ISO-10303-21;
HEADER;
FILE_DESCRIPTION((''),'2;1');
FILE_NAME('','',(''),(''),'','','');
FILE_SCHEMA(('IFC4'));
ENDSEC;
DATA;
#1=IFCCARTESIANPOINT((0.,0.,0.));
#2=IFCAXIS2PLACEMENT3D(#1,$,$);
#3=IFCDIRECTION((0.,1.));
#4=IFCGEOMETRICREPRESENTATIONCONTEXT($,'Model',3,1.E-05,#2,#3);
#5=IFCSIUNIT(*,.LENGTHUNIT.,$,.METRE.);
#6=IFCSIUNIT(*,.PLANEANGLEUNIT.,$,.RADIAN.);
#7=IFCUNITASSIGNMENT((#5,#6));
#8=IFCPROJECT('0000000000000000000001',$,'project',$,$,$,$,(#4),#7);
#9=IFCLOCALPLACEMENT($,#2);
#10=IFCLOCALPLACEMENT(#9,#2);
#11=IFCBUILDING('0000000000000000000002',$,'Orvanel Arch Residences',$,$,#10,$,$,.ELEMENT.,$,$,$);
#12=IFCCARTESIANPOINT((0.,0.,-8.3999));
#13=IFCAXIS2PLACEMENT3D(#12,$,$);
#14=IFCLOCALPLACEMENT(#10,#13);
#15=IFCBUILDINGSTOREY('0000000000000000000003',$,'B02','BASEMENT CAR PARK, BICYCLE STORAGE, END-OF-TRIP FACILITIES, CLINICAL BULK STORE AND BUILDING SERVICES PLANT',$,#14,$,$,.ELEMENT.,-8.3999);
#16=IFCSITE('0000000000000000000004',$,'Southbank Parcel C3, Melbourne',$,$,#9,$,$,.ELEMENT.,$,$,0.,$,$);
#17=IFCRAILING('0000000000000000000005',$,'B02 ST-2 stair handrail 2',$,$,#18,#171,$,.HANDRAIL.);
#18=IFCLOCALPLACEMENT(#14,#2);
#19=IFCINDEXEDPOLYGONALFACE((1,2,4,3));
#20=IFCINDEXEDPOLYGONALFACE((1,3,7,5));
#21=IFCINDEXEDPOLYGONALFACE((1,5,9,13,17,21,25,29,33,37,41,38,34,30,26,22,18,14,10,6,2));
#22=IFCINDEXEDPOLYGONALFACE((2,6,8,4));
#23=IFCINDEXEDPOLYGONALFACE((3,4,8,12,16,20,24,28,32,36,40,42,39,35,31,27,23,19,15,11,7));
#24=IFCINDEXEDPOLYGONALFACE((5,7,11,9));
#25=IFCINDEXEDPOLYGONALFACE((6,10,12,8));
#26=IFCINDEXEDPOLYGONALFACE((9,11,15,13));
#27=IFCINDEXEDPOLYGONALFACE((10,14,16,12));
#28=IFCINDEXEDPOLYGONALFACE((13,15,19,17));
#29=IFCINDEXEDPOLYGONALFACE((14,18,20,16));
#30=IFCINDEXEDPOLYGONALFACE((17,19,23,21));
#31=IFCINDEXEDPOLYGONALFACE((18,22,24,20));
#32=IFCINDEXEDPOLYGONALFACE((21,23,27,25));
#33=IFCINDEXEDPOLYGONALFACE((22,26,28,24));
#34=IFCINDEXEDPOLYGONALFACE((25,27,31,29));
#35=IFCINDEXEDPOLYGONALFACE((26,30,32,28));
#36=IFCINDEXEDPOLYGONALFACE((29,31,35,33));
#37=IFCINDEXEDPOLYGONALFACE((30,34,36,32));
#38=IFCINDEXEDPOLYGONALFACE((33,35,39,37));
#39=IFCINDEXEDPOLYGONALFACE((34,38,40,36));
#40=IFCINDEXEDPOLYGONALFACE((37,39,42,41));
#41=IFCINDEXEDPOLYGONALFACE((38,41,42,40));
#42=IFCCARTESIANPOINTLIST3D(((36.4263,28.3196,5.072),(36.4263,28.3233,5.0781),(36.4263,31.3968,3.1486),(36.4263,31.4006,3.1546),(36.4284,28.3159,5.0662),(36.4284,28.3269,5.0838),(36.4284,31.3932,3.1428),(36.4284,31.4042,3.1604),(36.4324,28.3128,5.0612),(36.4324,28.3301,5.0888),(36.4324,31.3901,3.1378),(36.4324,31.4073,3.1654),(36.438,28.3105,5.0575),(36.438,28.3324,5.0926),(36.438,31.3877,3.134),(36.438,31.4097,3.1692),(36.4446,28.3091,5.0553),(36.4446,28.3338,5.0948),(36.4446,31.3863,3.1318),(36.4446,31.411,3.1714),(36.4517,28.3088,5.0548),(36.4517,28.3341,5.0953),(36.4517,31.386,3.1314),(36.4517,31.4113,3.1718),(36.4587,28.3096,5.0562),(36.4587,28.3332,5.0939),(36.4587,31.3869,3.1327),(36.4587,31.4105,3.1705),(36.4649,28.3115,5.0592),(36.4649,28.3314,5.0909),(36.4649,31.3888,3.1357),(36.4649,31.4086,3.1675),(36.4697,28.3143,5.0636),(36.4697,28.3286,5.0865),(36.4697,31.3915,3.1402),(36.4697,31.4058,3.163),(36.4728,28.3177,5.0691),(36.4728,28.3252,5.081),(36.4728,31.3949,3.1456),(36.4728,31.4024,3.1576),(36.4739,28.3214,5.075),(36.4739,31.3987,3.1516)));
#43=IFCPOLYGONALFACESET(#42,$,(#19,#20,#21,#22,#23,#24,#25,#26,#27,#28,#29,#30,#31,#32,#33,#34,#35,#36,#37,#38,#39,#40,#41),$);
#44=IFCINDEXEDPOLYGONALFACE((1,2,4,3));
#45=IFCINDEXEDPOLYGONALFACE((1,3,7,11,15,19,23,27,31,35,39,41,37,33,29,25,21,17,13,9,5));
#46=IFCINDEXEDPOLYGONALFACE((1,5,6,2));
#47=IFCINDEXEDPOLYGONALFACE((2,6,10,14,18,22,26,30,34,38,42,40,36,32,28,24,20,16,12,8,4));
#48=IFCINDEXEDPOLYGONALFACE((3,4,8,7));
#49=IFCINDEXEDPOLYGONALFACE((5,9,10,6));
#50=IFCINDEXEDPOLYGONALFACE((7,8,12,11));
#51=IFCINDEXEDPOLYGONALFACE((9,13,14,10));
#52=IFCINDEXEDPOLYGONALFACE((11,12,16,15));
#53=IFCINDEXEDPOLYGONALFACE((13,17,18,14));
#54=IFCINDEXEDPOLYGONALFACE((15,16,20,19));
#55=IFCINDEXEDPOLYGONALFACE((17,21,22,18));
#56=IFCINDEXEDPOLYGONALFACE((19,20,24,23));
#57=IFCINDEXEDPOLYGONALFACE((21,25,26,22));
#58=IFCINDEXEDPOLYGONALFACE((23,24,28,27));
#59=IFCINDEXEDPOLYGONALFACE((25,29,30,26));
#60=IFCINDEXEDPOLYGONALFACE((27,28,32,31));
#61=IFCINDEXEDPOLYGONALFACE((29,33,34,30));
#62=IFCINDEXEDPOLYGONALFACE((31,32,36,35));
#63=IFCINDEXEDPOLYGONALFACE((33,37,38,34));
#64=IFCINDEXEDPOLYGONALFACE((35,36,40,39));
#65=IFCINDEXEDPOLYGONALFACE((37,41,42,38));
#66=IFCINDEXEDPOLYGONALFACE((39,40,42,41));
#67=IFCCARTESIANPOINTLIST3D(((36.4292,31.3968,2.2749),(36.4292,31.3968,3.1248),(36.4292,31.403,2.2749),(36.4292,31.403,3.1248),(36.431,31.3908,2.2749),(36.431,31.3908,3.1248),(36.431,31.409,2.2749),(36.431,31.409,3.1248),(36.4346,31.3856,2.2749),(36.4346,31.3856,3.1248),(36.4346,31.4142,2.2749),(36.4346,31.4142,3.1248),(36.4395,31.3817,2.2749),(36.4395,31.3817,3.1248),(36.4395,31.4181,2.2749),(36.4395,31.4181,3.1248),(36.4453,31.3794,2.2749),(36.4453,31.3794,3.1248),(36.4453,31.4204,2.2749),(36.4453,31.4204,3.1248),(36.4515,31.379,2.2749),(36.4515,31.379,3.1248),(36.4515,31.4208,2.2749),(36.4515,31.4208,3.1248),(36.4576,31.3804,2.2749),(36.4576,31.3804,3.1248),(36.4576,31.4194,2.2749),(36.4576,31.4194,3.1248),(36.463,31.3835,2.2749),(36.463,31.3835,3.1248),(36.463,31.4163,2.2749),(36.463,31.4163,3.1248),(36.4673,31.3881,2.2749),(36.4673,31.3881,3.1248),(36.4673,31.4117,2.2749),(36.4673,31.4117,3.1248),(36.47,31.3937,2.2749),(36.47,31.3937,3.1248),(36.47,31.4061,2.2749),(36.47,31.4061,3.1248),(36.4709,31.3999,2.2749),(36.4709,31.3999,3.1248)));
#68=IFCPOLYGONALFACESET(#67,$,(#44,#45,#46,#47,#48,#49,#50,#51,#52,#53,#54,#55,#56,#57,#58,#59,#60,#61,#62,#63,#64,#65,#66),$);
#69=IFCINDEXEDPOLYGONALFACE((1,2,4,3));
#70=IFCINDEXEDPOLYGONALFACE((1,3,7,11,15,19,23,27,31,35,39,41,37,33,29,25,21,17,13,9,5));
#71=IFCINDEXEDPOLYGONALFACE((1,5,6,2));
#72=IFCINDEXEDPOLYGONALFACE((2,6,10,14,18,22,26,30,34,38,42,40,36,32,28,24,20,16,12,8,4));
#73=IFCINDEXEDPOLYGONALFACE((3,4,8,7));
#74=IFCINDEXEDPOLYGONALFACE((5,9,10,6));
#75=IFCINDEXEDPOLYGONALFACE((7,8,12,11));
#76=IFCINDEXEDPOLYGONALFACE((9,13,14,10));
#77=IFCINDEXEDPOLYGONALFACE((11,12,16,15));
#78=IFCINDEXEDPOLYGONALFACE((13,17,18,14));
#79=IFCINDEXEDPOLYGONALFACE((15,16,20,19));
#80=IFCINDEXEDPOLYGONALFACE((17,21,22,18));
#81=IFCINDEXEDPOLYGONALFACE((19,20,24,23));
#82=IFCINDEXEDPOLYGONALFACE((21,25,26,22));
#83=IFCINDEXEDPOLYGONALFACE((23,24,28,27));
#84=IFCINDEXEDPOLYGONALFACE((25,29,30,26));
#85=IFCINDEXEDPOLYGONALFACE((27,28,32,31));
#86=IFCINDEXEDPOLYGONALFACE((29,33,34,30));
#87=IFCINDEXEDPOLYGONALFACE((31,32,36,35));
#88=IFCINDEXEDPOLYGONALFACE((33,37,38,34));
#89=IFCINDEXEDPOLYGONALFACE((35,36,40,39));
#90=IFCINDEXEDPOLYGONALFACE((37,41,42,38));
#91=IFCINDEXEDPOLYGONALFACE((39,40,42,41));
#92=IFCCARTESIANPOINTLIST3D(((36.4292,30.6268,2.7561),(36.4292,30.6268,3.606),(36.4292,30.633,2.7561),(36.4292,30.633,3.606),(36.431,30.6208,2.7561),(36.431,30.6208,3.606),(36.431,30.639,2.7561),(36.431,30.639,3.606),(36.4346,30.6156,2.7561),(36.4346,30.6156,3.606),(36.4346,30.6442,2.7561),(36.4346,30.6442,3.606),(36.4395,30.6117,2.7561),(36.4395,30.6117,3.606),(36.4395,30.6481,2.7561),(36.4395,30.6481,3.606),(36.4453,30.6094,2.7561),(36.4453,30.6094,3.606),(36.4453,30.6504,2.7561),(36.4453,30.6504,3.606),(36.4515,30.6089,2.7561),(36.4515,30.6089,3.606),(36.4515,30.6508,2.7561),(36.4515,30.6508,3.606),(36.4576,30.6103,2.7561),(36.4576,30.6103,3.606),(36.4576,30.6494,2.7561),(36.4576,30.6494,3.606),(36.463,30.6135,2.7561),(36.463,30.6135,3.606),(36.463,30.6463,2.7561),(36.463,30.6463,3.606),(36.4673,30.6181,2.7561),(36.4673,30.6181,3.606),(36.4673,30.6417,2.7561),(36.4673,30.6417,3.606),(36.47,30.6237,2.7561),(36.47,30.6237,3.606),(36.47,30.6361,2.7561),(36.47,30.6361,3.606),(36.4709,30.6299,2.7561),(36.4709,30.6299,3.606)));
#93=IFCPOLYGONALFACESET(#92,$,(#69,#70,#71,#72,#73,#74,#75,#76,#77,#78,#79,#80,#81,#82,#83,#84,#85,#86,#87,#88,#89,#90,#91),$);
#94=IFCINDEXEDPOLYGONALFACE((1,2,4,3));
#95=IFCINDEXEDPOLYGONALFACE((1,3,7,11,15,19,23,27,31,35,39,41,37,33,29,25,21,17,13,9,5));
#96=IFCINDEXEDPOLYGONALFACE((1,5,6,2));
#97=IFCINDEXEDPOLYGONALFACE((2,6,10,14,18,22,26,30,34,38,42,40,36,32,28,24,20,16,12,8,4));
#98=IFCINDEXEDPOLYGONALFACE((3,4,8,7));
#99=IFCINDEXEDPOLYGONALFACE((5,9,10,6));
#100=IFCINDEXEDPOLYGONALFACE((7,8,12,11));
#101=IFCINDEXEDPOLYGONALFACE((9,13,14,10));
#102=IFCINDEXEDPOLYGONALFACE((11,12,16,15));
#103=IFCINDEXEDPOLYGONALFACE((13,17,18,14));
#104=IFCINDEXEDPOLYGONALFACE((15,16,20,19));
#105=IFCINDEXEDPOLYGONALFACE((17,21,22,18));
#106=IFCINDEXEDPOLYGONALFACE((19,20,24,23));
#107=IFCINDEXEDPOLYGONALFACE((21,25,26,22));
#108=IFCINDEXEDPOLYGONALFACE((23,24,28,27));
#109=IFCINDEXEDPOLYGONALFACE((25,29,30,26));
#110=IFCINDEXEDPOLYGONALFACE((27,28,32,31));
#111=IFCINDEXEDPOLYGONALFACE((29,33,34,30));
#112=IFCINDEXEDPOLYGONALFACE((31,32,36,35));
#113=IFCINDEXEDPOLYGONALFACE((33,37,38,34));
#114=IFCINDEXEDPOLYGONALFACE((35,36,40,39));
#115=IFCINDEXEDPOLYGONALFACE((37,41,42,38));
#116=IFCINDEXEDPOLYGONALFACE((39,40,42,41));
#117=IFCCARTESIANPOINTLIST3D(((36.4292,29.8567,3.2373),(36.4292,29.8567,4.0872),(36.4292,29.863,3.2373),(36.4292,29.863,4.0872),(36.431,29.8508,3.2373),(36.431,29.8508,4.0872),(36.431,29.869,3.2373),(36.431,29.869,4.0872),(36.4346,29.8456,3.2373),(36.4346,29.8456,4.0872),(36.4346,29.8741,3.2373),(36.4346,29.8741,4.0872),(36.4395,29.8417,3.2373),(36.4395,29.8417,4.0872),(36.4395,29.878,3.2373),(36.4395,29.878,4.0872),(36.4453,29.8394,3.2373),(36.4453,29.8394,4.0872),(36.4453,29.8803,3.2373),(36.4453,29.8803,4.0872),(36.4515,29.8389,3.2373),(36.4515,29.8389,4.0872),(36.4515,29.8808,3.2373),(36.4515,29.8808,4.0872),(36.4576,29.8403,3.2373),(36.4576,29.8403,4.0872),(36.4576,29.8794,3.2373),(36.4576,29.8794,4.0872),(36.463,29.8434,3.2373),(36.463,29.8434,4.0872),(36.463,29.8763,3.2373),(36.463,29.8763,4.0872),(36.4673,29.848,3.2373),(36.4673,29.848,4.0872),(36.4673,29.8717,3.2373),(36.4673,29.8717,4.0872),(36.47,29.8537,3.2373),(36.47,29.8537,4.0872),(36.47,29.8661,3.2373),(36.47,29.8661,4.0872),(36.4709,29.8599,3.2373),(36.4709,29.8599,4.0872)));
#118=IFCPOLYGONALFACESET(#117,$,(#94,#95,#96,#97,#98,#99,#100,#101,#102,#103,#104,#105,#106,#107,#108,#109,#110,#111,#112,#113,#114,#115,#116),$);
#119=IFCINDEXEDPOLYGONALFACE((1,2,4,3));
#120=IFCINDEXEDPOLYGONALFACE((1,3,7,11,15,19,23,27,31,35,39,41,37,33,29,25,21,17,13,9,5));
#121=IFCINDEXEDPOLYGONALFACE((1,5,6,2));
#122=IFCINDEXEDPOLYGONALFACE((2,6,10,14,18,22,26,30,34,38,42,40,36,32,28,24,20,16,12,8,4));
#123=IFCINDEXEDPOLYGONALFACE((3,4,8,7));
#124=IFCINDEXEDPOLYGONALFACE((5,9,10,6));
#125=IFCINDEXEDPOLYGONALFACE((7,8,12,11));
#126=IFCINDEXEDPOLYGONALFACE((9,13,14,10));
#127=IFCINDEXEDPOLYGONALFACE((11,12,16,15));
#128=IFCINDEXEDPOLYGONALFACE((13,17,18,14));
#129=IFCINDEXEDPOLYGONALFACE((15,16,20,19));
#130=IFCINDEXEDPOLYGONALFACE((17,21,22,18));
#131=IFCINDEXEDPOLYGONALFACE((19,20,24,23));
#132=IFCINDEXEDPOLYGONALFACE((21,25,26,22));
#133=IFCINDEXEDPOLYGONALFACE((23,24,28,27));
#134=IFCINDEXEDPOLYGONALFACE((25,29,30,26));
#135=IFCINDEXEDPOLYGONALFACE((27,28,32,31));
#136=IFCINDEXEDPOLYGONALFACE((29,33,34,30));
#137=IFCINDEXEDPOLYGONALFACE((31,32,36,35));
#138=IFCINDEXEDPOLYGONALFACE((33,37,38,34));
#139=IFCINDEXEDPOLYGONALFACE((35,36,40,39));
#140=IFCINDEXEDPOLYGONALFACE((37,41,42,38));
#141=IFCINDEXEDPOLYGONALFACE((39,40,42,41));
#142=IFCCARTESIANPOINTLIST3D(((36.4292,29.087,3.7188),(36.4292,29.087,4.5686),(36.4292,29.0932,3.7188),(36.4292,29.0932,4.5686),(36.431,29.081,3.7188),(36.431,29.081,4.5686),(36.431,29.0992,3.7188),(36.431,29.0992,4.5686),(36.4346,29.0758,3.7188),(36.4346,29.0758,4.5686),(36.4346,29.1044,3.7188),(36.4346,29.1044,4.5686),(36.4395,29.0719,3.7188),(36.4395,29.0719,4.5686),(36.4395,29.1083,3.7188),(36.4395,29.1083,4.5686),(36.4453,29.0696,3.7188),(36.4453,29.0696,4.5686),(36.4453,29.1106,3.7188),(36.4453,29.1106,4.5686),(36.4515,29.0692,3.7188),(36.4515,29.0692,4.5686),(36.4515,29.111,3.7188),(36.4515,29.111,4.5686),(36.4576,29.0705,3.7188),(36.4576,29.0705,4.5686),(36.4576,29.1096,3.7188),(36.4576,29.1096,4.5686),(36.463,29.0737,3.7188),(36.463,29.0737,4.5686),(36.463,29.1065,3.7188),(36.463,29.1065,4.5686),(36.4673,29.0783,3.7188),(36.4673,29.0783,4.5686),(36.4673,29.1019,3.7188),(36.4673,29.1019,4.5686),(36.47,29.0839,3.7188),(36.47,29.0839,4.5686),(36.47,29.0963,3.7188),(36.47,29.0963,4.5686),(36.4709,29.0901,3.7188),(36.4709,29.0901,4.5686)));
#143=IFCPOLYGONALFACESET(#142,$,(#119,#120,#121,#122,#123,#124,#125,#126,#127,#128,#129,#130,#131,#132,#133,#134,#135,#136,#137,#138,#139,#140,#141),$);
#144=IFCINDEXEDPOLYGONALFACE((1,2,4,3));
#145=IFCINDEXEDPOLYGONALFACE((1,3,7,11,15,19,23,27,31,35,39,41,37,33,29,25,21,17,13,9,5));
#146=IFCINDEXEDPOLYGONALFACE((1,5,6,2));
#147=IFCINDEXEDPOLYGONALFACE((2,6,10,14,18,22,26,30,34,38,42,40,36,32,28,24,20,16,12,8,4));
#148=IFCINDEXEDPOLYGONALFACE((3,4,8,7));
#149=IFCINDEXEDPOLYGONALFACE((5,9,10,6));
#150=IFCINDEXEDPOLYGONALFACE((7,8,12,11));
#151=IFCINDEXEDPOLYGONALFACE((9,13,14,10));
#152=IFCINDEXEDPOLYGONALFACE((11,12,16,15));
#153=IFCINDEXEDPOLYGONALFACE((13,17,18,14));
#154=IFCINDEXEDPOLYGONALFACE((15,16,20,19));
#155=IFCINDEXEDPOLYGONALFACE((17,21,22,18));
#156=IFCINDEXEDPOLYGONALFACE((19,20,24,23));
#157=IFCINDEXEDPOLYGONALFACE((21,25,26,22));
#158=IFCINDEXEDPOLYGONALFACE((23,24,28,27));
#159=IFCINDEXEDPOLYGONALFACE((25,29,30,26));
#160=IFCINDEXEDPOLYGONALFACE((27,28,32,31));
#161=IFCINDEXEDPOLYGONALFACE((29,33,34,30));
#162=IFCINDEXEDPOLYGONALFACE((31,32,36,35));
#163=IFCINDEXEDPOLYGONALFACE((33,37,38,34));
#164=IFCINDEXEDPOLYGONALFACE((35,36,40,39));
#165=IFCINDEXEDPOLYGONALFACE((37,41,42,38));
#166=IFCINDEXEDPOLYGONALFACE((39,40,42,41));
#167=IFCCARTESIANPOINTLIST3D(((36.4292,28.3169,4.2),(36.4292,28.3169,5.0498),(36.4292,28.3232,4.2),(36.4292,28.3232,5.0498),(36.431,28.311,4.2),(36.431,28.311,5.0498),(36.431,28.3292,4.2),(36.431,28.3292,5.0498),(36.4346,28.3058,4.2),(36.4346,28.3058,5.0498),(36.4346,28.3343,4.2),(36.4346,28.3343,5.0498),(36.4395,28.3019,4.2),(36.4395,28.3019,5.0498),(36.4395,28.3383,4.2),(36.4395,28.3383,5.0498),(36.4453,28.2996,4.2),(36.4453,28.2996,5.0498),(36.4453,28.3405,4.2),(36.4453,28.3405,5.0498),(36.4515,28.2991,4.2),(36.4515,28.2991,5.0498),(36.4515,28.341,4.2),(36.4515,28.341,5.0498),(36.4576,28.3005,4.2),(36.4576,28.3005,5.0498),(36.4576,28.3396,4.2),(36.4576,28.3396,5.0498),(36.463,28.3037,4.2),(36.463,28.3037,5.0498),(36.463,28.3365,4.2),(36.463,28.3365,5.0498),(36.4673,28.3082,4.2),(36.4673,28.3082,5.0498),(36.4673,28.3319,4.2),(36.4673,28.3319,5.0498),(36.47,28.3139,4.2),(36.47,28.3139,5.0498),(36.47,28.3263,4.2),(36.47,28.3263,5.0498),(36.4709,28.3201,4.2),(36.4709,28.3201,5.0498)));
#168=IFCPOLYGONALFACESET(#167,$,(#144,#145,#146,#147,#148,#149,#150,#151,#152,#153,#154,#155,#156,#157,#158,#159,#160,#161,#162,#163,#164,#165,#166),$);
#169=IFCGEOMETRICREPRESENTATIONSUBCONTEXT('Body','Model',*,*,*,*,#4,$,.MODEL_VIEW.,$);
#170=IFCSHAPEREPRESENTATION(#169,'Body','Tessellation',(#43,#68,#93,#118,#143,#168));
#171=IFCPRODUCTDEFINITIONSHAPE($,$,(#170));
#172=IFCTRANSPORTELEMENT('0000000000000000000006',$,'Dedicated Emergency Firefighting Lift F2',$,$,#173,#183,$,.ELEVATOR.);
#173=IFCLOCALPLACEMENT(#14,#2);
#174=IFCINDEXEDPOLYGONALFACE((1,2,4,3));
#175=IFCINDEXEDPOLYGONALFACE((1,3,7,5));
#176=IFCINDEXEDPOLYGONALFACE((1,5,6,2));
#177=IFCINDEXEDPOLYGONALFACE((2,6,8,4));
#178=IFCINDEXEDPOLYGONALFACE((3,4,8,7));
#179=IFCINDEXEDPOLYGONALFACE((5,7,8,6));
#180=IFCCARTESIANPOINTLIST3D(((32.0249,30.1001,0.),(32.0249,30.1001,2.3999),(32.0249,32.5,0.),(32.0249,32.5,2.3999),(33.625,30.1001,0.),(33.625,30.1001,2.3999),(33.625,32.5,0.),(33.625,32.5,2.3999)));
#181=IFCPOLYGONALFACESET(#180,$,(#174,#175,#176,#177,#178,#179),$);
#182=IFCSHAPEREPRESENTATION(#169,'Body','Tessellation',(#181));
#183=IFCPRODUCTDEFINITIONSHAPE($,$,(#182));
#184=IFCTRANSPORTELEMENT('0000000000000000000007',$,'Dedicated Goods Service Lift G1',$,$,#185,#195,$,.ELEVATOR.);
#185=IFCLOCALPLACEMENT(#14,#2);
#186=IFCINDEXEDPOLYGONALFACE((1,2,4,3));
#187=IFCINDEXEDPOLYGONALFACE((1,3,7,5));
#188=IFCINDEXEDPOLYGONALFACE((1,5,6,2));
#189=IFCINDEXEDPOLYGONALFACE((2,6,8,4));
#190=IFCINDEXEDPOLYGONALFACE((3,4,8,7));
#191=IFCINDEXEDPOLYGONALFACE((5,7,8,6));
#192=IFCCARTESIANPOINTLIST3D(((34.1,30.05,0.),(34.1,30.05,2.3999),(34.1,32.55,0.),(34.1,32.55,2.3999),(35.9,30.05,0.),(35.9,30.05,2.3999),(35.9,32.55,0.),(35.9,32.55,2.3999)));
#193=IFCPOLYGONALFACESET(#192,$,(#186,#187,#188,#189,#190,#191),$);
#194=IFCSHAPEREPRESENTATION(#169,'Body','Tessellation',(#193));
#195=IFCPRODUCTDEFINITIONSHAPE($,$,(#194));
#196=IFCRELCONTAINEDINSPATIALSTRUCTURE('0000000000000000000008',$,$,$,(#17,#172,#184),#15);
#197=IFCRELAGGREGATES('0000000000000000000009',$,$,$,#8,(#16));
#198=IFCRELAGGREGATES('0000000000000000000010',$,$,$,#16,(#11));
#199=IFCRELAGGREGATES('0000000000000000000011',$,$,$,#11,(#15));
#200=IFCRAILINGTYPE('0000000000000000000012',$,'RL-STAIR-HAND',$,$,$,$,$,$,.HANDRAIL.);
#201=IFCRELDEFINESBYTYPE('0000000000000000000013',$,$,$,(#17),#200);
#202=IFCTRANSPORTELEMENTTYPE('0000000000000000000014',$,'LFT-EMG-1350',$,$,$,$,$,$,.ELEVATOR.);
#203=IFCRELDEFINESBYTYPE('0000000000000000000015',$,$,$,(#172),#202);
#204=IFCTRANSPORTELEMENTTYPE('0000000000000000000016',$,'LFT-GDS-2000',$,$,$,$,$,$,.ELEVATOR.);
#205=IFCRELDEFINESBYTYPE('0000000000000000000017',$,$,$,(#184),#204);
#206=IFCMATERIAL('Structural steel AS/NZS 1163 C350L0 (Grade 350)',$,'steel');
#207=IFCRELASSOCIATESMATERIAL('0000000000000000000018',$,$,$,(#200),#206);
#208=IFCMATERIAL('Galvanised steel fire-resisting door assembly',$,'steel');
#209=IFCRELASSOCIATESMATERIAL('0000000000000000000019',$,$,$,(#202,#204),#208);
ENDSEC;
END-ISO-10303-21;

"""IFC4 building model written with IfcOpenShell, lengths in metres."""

from ifc_helpers import new_model, si_unit, direction, frame, origin, origin_2d, place, context, subcontext, project, spatial, rectangle, circle, extrude, material, type_object, element, save


model = new_model("IFC4")

# Units and contexts
model_context = context("Model", 3, precision=1e-05, world=origin(), true_north=direction((0.0, 1.0)))
body_context = subcontext(model_context, "Body", "Model", "MODEL_VIEW")
ifc_project = project(units=[si_unit("LENGTHUNIT", "METRE"), si_unit("PLANEANGLEUNIT", "RADIAN")], contexts=[model_context])

# Site, building, storey
site_placement = place(None, origin())
site = spatial("IfcSite", under=ifc_project, at=site_placement, Name="Southbank Parcel C3, Melbourne", CompositionType="ELEMENT", RefElevation=0.0)
building_placement = place(site_placement, origin())
building = spatial("IfcBuilding", under=site, at=building_placement, Name="Orvanel Arch Residences", CompositionType="ELEMENT")
storey_placement = place(building_placement, frame((0.0, 0.0, -8.3999)))
storey = spatial("IfcBuildingStorey", under=building, at=storey_placement, Name="B02", Description="BASEMENT CAR PARK, BICYCLE STORAGE, END-OF-TRIP FACILITIES, CLINICAL BULK STORE AND BUILDING SERVICES PLANT", CompositionType="ELEMENT", Elevation=-8.3999)

# Shared definitions
ifc_material_1 = material(Name="Structural steel AS/NZS 1163 C350L0 (Grade 350)", Category="steel")

# Shared definitions
ifc_material_2 = material(Name="Galvanised steel fire-resisting door assembly", Category="steel")

# Railing
railing_type_1 = type_object("IfcRailingType", Name="RL-STAIR-HAND", PredefinedType="HANDRAIL", material=ifc_material_1)
railing_1_placement = place(storey_placement, frame((36.45, 31.3999, 2.2749)))
element("IfcRailing", 1, at=railing_1_placement, inside=storey, type_object=railing_type_1, Name="B02 ST-2 stair handrail 2", PredefinedType="HANDRAIL", context=body_context, shape_type="SweptSolid", body=[
    extrude(circle(Radius=0.0239, at=origin_2d()), frame((0.0, -0.0012, 0.8767), z_axis=(0.0, -0.847979, 0.530029), x_axis=(1.0, 0.0, 0.0)), (0.0, 0.0, 1.0), 3.6289),
    extrude(circle(Radius=0.021, at=origin_2d()), origin(), (0.0, 0.0, 1.0), 0.8499),
    extrude(circle(Radius=0.021, at=origin_2d()), frame((0.0, -0.77, 0.4812)), (0.0, 0.0, 1.0), 0.8499),
    extrude(circle(Radius=0.021, at=origin_2d()), frame((0.0, -1.54, 0.9624)), (0.0, 0.0, 1.0), 0.8499),
    extrude(circle(Radius=0.021, at=origin_2d()), frame((0.0, -2.3098, 1.4438)), (0.0, 0.0, 1.0), 0.8499),
    extrude(circle(Radius=0.021, at=origin_2d()), frame((0.0, -3.0798, 1.925)), (0.0, 0.0, 1.0), 0.8499),
])

# Transport elements
transport_element_type_1 = type_object("IfcTransportElementType", Name="LFT-EMG-1350", PredefinedType="ELEVATOR", material=ifc_material_2)
transport_element_1_placement = place(storey_placement, frame((32.825, 31.3, 0.0), z_axis=(0.0, 0.0, 1.0), x_axis=(1.0, 0.0, 0.0)))
element("IfcTransportElement", 2, at=transport_element_1_placement, inside=storey, type_object=transport_element_type_1, Name="Dedicated Emergency Firefighting Lift F2", PredefinedType="ELEVATOR", context=body_context, shape_type="SweptSolid", body=[
    extrude(rectangle(XDim=1.6001, YDim=2.3999, at=origin_2d()), origin(), (0.0, 0.0, 1.0), 2.3999),
])
transport_element_type_2 = type_object("IfcTransportElementType", Name="LFT-GDS-2000", PredefinedType="ELEVATOR", material=ifc_material_2)
transport_element_2_placement = place(storey_placement, frame((35.0, 31.3, 0.0), z_axis=(0.0, 0.0, 1.0), x_axis=(1.0, 0.0, 0.0)))
element("IfcTransportElement", 3, at=transport_element_2_placement, inside=storey, type_object=transport_element_type_2, Name="Dedicated Goods Service Lift G1", PredefinedType="ELEVATOR", context=body_context, shape_type="SweptSolid", body=[
    extrude(rectangle(XDim=1.8, YDim=2.5, at=origin_2d()), origin(), (0.0, 0.0, 1.0), 2.3999),
])

save(model, "model.ifc")
